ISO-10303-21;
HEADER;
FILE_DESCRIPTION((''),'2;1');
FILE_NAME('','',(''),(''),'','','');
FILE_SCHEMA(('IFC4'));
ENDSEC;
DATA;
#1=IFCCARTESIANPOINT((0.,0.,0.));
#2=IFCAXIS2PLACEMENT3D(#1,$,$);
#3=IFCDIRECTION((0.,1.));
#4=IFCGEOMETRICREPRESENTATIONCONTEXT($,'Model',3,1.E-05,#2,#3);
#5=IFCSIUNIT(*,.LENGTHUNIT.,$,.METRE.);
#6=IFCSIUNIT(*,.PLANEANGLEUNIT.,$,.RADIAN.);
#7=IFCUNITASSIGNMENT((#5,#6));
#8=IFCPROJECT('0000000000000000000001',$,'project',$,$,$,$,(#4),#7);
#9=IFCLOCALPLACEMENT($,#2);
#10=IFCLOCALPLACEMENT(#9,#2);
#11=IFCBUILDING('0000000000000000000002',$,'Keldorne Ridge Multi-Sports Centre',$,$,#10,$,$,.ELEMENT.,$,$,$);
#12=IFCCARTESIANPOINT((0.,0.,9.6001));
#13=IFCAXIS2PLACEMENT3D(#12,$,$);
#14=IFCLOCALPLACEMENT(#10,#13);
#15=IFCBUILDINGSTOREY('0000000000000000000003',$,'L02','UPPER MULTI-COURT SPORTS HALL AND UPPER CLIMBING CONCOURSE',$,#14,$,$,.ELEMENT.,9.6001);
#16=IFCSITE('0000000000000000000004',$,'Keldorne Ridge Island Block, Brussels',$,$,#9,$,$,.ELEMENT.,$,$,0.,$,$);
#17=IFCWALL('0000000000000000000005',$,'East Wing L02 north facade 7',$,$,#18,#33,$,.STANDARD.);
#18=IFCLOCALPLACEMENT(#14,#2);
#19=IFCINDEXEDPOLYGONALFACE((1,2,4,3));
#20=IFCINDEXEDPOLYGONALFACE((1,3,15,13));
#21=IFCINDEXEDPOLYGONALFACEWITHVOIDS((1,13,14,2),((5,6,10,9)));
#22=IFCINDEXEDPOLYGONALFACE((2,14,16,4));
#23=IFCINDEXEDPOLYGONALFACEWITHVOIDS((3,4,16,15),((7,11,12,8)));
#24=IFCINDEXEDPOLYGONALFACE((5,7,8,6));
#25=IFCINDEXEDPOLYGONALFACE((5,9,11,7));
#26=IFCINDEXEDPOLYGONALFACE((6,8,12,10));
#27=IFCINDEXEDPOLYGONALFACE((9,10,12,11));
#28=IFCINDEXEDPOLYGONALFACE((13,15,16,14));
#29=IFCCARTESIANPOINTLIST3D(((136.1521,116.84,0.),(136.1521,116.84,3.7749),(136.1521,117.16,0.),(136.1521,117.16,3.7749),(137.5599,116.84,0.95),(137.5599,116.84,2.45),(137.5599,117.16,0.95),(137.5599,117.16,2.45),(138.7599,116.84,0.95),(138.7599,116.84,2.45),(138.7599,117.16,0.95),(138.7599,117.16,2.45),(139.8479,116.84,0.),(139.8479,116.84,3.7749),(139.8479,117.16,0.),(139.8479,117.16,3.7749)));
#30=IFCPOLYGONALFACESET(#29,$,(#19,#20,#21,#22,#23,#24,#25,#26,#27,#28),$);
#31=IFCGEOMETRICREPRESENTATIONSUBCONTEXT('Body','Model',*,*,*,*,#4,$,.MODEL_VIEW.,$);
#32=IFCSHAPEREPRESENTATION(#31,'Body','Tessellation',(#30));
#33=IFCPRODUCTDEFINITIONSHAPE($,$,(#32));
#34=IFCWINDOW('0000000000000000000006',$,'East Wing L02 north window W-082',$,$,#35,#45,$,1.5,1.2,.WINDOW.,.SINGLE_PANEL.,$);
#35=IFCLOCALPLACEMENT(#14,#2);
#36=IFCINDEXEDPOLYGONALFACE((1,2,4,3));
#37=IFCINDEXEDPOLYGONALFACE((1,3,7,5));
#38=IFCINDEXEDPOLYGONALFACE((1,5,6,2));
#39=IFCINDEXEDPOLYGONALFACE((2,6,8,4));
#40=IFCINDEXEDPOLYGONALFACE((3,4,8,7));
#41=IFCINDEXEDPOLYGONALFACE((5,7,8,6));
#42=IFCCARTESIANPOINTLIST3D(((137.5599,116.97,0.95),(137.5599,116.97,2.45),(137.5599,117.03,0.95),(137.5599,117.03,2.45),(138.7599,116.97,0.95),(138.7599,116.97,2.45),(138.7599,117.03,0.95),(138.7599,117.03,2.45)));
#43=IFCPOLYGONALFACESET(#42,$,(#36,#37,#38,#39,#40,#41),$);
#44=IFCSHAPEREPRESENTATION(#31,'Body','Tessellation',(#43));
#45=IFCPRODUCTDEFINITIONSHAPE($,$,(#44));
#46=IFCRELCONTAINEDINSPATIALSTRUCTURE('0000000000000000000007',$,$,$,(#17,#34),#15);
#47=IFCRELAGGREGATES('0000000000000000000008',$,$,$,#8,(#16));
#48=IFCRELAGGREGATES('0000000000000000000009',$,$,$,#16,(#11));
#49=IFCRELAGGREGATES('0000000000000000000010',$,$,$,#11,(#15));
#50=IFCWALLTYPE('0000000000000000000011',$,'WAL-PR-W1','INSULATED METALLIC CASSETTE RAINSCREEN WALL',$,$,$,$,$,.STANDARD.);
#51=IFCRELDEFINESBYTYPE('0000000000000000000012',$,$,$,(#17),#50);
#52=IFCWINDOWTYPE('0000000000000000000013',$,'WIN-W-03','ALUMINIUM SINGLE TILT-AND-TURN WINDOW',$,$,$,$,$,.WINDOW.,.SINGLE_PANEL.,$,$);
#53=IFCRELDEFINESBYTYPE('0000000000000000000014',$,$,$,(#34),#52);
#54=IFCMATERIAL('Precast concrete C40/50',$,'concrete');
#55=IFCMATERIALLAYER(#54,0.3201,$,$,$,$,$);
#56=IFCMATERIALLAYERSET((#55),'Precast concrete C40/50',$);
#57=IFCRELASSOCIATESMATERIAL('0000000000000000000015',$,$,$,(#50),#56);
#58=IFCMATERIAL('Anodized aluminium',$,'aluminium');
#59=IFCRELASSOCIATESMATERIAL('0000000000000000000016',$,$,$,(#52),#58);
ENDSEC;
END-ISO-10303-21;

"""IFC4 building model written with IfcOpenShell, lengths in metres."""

from ifc_helpers import new_model, si_unit, direction, frame, frame_2d, origin, place, context, subcontext, project, spatial, rectangle, extrude, material, layer, layer_set, type_object, element, fill, save


model = new_model("IFC4")

# Units and contexts
model_context = context("Model", 3, precision=1e-05, world=origin(), true_north=direction((0.0, 1.0)))
body_context = subcontext(model_context, "Body", "Model", "MODEL_VIEW")
ifc_project = project(units=[si_unit("LENGTHUNIT", "METRE"), si_unit("PLANEANGLEUNIT", "RADIAN")], contexts=[model_context])

# Site, building, storey
site_placement = place(None, origin())
site = spatial("IfcSite", under=ifc_project, at=site_placement, Name="Keldorne Ridge Island Block, Brussels", CompositionType="ELEMENT", RefElevation=0.0)
building_placement = place(site_placement, origin())
building = spatial("IfcBuilding", under=site, at=building_placement, Name="Keldorne Ridge Multi-Sports Centre", CompositionType="ELEMENT")
storey_placement = place(building_placement, frame((0.0, 0.0, 9.6001)))
storey = spatial("IfcBuildingStorey", under=building, at=storey_placement, Name="L02", Description="UPPER MULTI-COURT SPORTS HALL AND UPPER CLIMBING CONCOURSE", CompositionType="ELEMENT", Elevation=9.6001)

# Shared definitions
ifc_material_1 = material(Name="Anodized aluminium", Category="aluminium")

# Wall, opening, window
ifc_material_2 = material(Name="Precast concrete C40/50", Category="concrete")
ifc_layer_1 = layer(ifc_material_2, 0.3201)
ifc_layer_set_1 = layer_set([ifc_layer_1], Name="Precast concrete C40/50")
wall_type = type_object("IfcWallType", Name="WAL-PR-W1", Description="INSULATED METALLIC CASSETTE RAINSCREEN WALL", PredefinedType="STANDARD", material=ifc_layer_set_1)
window_type = type_object("IfcWindowType", Name="WIN-W-03", Description="ALUMINIUM SINGLE TILT-AND-TURN WINDOW", PartitioningType="SINGLE_PANEL", PredefinedType="WINDOW", material=ifc_material_1)
wall_1_placement = place(storey_placement, frame((139.8479, 117.0, 0.0), z_axis=(0.0, 0.0, 1.0), x_axis=(-1.0, 0.0, 0.0)))
wall_1 = element("IfcWall", 1, at=wall_1_placement, inside=storey, type_object=wall_type, Name="East Wing L02 north facade 7", PredefinedType="STANDARD", context=body_context, shape_type="SweptSolid", body=[
    extrude(rectangle(XDim=3.6958, YDim=0.3201, at=frame_2d((1.8479, 0.0))), origin(), (0.0, 0.0, 1.0), 3.7749),
])
opening_1_placement = place(wall_1_placement, frame((1.0879, 0.0, 0.95)))
opening_1 = element("IfcOpeningElement", 2, at=opening_1_placement, cuts=wall_1, PredefinedType="OPENING", context=body_context, shape_type="SweptSolid", body=[
    extrude(rectangle(XDim=1.2, YDim=1.5, at=frame_2d((0.6001, 0.75))), frame((0.0, 0.1699, 0.0), z_axis=(0.0, -1.0, 0.0), x_axis=(1.0, 0.0, 0.0)), (0.0, 0.0, 1.0), 0.3401),
])
window_1_placement = place(opening_1_placement, origin())
window_1 = element("IfcWindow", 3, at=window_1_placement, inside=storey, type_object=window_type, Name="East Wing L02 north window W-082", OverallHeight=1.5, OverallWidth=1.2, PartitioningType="SINGLE_PANEL", PredefinedType="WINDOW", context=body_context, shape_type="SweptSolid", body=[
    extrude(rectangle(XDim=1.2, YDim=1.5, at=frame_2d((0.6001, 0.75))), frame((0.0, 0.03, 0.0), z_axis=(0.0, -1.0, 0.0), x_axis=(1.0, 0.0, 0.0)), (0.0, 0.0, 1.0), 0.0601),
])
fill(opening_1, window_1)

save(model, "model.ifc")
